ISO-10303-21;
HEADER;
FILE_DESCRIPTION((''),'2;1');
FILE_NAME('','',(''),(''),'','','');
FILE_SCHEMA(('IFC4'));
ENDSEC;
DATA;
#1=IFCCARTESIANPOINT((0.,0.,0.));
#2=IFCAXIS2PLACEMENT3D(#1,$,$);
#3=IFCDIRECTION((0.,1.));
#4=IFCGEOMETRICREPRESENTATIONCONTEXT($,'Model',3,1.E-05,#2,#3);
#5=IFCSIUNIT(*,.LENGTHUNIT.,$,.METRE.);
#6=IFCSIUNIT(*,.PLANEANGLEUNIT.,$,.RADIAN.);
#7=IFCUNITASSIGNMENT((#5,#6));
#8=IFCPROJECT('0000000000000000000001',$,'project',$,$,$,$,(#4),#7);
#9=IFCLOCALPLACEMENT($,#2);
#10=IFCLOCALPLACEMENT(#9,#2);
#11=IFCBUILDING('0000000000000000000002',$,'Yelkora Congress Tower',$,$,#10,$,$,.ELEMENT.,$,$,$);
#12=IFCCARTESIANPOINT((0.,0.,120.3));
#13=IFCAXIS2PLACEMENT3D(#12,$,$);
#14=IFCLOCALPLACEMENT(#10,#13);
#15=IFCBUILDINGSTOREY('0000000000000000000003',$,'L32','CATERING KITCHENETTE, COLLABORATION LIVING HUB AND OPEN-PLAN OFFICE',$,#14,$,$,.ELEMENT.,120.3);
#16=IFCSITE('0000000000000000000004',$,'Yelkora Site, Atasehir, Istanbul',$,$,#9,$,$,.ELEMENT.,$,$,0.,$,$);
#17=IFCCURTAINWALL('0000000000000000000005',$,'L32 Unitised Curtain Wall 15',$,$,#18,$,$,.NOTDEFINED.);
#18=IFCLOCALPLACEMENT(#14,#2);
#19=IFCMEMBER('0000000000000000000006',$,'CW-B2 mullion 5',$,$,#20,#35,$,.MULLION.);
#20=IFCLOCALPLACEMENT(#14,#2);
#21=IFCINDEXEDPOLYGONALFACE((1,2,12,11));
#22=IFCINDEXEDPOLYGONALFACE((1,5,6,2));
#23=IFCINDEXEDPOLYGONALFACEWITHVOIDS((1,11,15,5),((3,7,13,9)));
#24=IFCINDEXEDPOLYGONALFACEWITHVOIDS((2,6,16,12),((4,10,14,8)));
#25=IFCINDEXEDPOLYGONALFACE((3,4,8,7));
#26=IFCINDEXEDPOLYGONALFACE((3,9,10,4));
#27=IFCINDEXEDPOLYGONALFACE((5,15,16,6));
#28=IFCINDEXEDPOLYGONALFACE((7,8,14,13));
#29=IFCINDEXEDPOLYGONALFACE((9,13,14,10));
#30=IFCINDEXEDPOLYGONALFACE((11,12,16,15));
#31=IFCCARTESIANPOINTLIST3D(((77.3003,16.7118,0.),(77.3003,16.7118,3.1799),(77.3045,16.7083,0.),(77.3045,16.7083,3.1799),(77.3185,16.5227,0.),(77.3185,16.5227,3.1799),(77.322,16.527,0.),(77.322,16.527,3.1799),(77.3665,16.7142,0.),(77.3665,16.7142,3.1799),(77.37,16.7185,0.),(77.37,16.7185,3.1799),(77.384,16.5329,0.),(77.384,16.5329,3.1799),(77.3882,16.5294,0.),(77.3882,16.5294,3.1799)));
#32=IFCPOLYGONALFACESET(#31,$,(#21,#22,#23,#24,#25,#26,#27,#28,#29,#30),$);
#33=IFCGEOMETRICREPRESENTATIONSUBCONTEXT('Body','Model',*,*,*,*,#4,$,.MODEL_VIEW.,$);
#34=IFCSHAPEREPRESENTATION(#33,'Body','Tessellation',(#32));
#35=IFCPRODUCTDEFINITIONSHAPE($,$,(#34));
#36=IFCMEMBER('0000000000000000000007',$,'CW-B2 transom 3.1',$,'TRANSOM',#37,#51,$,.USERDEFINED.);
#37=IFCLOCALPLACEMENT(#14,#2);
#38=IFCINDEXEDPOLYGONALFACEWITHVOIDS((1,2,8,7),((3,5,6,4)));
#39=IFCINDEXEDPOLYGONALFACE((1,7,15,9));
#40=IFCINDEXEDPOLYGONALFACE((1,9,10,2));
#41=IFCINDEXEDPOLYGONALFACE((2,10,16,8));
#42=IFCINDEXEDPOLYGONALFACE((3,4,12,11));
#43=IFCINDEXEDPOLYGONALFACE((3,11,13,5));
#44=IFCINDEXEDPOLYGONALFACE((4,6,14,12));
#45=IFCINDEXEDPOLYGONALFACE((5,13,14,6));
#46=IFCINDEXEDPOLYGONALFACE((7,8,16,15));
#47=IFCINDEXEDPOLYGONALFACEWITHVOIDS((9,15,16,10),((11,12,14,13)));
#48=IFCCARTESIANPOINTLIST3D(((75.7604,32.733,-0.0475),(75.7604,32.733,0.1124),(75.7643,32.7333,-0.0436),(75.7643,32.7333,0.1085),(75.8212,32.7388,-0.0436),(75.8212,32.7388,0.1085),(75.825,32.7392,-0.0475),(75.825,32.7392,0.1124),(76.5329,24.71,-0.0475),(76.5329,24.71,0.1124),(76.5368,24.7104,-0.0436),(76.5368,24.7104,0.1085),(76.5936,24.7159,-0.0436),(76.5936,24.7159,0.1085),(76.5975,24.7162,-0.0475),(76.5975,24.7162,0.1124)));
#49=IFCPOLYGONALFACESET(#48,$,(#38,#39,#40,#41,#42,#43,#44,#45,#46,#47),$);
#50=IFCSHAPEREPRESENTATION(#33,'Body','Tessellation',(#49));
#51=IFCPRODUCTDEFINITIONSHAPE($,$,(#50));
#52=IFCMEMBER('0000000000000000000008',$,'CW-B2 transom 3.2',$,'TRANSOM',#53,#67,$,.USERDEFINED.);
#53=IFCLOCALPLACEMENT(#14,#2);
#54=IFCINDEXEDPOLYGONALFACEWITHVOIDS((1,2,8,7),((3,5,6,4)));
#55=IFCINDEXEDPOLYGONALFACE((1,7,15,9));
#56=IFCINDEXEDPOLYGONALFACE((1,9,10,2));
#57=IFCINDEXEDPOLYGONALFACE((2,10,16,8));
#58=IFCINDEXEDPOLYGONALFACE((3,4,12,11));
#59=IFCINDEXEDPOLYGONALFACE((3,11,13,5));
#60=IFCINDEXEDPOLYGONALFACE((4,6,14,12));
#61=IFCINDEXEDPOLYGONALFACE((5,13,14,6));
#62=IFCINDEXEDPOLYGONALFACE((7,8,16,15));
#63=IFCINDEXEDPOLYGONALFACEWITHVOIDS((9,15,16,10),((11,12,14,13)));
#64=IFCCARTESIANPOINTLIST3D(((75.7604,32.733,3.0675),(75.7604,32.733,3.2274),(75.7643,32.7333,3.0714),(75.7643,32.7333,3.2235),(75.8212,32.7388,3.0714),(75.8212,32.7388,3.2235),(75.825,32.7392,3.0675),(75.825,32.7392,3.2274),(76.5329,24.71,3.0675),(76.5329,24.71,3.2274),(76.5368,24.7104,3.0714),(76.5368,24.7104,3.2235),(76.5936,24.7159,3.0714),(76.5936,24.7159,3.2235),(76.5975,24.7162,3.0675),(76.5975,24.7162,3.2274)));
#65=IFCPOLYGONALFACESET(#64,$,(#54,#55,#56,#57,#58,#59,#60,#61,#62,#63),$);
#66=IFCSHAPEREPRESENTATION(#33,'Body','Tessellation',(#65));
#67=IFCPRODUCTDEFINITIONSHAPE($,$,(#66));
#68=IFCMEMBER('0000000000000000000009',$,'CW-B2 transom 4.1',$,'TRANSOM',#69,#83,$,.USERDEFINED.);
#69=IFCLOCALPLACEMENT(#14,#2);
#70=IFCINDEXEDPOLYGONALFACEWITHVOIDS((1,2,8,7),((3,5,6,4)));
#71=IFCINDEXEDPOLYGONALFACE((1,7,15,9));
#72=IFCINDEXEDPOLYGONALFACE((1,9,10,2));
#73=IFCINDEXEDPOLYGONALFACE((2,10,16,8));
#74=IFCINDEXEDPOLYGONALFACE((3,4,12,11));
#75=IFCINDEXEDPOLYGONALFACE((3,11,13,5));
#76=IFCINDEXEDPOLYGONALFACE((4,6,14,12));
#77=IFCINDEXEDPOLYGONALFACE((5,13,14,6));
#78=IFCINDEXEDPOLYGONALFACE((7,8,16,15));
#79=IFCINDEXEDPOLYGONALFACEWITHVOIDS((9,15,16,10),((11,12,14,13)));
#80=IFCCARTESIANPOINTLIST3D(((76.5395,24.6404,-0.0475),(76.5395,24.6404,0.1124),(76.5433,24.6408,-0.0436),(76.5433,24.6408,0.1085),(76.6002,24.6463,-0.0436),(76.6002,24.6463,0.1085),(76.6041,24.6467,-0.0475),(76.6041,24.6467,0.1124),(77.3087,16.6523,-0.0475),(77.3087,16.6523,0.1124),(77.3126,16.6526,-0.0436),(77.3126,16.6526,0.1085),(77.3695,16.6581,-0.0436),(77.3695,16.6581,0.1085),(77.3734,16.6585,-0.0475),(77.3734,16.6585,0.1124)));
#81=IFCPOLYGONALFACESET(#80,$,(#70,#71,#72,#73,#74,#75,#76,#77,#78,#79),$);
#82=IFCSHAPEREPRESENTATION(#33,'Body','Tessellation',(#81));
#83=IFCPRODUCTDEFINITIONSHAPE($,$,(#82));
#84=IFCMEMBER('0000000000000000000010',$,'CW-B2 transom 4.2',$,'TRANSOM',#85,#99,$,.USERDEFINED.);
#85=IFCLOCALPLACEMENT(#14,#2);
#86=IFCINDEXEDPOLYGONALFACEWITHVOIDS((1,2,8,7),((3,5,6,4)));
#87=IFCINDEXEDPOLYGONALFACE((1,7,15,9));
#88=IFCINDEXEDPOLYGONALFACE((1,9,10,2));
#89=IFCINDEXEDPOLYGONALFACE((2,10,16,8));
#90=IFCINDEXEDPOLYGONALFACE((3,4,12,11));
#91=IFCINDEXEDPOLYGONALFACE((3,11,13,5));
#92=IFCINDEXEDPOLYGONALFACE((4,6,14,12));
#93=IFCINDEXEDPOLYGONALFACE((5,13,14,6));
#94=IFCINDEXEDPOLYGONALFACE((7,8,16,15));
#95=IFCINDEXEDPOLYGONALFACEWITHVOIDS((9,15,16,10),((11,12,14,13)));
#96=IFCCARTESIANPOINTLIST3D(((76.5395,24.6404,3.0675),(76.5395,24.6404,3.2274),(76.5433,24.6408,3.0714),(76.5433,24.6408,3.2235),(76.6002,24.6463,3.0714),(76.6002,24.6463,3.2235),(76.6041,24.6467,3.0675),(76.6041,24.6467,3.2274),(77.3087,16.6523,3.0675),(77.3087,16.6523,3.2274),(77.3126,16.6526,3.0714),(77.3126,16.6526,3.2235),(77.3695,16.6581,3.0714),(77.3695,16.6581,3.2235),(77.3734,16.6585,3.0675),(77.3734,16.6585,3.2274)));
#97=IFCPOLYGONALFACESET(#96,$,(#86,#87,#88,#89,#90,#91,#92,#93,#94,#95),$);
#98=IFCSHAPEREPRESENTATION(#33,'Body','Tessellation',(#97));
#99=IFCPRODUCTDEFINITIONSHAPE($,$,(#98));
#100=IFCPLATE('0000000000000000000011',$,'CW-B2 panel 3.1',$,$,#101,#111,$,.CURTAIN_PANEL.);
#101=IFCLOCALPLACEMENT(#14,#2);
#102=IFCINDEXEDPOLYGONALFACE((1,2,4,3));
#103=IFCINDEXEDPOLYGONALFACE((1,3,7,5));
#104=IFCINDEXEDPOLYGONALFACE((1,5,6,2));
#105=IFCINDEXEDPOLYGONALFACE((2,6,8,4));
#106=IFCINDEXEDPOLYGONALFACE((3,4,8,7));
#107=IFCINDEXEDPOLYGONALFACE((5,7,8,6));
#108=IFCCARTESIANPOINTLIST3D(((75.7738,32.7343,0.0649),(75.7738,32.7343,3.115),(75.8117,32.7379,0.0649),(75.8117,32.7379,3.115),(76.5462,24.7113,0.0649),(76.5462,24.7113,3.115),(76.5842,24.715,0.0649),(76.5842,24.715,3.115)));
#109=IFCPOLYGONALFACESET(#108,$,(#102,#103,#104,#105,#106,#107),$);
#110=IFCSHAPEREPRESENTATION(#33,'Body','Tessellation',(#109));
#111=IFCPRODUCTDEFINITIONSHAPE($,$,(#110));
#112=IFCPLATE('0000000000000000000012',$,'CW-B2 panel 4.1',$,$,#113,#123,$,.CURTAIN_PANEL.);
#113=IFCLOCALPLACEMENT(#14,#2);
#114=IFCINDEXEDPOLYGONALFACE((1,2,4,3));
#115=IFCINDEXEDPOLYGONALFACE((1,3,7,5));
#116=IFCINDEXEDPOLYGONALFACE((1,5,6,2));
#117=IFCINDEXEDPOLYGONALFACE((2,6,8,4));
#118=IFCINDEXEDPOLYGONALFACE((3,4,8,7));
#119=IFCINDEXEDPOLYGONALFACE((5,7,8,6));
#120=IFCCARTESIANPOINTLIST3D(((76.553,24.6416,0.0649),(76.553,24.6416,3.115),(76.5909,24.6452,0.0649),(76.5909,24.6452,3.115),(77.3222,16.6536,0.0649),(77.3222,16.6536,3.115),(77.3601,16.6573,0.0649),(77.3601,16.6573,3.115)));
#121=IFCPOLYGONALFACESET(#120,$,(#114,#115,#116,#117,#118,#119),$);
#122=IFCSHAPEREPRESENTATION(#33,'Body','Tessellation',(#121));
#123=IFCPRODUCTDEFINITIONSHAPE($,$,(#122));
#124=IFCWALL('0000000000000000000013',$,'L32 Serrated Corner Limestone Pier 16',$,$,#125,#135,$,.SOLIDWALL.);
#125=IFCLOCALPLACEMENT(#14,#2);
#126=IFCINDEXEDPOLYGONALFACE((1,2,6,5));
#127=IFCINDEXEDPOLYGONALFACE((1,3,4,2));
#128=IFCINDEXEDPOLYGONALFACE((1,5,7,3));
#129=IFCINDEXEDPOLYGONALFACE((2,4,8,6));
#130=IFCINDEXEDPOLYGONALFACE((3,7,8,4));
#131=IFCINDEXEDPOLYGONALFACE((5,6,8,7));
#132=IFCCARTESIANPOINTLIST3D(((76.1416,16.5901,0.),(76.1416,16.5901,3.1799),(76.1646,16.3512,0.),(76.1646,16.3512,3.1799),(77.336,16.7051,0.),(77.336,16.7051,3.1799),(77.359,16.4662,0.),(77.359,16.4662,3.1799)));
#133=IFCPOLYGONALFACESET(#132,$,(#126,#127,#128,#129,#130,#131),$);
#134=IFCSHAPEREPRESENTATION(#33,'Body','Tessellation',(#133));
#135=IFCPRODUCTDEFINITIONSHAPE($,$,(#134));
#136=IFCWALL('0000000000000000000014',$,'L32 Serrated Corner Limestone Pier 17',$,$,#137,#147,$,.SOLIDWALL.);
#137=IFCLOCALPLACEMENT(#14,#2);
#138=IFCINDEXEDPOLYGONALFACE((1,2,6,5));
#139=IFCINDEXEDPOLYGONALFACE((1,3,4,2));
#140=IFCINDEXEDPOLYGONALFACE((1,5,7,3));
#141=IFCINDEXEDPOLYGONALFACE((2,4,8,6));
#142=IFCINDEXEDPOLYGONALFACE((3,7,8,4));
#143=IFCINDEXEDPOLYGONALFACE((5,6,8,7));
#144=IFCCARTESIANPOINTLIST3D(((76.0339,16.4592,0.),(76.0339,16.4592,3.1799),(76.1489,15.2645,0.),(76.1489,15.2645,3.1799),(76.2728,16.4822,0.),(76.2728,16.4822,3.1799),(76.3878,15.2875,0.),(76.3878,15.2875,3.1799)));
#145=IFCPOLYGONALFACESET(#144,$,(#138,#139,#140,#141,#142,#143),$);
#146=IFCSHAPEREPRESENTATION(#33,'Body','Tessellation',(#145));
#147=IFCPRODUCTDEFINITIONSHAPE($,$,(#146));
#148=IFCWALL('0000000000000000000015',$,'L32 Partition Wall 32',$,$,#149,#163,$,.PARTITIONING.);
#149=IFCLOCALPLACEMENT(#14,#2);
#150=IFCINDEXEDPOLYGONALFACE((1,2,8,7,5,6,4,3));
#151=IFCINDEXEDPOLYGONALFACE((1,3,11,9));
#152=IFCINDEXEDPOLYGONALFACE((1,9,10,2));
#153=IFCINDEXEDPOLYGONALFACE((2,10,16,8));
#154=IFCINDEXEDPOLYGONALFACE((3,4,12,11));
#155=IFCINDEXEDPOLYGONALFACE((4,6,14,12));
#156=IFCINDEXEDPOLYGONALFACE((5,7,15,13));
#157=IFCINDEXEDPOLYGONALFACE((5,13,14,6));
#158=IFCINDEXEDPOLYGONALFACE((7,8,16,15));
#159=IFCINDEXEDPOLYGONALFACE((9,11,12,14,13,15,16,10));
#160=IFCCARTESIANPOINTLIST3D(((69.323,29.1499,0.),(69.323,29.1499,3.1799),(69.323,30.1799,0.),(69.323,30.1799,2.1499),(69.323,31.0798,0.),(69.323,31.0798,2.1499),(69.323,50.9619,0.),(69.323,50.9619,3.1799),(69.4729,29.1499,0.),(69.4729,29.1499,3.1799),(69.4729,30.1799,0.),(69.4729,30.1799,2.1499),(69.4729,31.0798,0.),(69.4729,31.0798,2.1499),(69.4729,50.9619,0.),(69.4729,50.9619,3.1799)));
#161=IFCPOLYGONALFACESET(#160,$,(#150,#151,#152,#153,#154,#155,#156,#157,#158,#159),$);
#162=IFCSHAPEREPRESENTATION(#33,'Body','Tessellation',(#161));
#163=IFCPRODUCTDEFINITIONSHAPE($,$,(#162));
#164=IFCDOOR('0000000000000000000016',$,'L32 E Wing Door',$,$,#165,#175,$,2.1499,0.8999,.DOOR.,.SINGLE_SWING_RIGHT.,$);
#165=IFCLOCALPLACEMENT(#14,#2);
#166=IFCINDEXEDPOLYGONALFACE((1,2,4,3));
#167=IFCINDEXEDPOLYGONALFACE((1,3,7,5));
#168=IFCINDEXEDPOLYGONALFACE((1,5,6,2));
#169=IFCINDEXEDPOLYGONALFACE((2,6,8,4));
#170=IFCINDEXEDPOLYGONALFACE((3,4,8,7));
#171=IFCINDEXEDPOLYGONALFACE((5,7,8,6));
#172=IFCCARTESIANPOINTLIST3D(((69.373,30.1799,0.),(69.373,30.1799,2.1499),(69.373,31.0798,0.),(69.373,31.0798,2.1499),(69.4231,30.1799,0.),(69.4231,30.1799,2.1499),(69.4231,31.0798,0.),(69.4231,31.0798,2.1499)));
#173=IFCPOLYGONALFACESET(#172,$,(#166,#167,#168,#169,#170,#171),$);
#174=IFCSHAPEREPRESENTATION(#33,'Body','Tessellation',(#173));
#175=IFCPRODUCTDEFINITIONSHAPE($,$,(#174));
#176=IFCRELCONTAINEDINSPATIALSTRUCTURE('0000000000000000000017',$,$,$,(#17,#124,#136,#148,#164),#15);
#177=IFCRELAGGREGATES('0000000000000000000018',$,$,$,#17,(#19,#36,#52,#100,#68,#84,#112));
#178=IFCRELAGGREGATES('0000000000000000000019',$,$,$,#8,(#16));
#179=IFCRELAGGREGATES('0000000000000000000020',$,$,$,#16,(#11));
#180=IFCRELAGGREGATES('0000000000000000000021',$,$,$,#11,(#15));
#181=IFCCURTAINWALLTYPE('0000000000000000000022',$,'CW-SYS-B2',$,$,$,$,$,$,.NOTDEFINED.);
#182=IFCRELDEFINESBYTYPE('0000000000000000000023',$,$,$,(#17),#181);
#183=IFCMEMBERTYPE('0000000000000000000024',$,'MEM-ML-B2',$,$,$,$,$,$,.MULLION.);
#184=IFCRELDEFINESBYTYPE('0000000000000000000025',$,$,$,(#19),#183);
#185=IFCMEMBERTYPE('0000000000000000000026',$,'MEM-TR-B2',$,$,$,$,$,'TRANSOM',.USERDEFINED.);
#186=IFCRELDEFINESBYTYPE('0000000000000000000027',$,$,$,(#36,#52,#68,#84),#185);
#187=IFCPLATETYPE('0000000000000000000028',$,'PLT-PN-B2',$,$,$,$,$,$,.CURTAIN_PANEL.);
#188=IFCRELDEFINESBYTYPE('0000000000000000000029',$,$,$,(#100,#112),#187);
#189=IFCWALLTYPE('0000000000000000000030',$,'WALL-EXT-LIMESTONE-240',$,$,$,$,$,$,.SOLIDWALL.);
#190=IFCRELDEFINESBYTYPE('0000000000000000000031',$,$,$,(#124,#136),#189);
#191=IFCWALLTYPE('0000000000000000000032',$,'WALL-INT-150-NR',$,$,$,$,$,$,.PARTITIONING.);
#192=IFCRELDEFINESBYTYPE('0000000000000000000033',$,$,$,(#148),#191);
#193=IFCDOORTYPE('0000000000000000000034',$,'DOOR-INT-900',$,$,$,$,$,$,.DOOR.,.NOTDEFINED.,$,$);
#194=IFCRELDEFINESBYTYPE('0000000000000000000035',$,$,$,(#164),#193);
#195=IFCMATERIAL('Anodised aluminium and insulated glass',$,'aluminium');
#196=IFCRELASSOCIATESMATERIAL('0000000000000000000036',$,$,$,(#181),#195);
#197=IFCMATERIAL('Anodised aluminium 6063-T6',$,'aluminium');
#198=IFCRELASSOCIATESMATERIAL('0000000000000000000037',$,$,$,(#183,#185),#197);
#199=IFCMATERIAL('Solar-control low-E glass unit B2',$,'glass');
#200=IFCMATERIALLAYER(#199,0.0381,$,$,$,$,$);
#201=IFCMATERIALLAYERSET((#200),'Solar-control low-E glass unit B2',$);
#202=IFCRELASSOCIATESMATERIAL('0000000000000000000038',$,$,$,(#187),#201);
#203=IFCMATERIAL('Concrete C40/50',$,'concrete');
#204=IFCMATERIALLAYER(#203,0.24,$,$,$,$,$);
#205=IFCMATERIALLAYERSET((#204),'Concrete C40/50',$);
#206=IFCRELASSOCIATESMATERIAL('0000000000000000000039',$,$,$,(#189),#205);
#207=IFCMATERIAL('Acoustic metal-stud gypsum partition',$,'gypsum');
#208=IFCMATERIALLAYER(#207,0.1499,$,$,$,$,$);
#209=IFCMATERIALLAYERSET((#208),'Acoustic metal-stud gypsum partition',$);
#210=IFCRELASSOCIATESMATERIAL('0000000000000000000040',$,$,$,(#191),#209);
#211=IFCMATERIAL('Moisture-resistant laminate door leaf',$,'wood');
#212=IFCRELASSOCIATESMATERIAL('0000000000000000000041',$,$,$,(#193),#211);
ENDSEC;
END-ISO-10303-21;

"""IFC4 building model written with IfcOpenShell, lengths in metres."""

from ifc_helpers import new_model, si_unit, direction, frame, frame_2d, origin, origin_2d, place, context, subcontext, project, spatial, rectangle, hollow_rectangle, extrude, material, layer, layer_set, material_profile, profile_set, type_object, element, fill, aggregate, save


model = new_model("IFC4")

# Units and contexts
model_context = context("Model", 3, precision=1e-05, world=origin(), true_north=direction((0.0, 1.0)))
body_context = subcontext(model_context, "Body", "Model", "MODEL_VIEW")
ifc_project = project(units=[si_unit("LENGTHUNIT", "METRE"), si_unit("PLANEANGLEUNIT", "RADIAN")], contexts=[model_context])

# Site, building, storey
site_placement = place(None, origin())
site = spatial("IfcSite", under=ifc_project, at=site_placement, Name="Yelkora Site, Atasehir, Istanbul", CompositionType="ELEMENT", RefElevation=0.0)
building_placement = place(site_placement, origin())
building = spatial("IfcBuilding", under=site, at=building_placement, Name="Yelkora Congress Tower", CompositionType="ELEMENT")
storey_placement = place(building_placement, frame((0.0, 0.0, 120.3)))
storey = spatial("IfcBuildingStorey", under=building, at=storey_placement, Name="L32", Description="CATERING KITCHENETTE, COLLABORATION LIVING HUB AND OPEN-PLAN OFFICE", CompositionType="ELEMENT", Elevation=120.3)

# Curtain wall, members, plates
ifc_material_1 = material(Name="Anodised aluminium and insulated glass", Category="aluminium")
curtain_wall_type = type_object("IfcCurtainWallType", Name="CW-SYS-B2", PredefinedType="NOTDEFINED", material=ifc_material_1)
curtain_wall_placement = place(storey_placement, origin())
curtain_wall = element("IfcCurtainWall", 1, at=curtain_wall_placement, inside=storey, type_object=curtain_wall_type, Name="L32 Unitised Curtain Wall 15", PredefinedType="NOTDEFINED")
ifc_material_2 = material(Name="Anodised aluminium 6063-T6", Category="aluminium")
ifc_material_profile_1 = material_profile(ifc_material_2, hollow_rectangle(XDim=0.0701, YDim=0.1899, WallThickness=0.0039, at=origin_2d()), Name="ALU 70x190x4")
ifc_profile_set_1 = profile_set([ifc_material_profile_1], Name="Anodised aluminium 6063-T6")
member_type_1 = type_object("IfcMemberType", Name="MEM-ML-B2", PredefinedType="MULLION", material=ifc_profile_set_1)
member_1_placement = place(storey_placement, frame((77.3442, 16.6206, 0.0), z_axis=(0.0, 0.0, 1.0), x_axis=(0.995397, 0.095843, 0.0)))
member_1 = element("IfcMember", 2, at=member_1_placement, type_object=member_type_1, Name="CW-B2 mullion 5", PredefinedType="MULLION", context=body_context, shape_type="SweptSolid", body=[
    extrude(hollow_rectangle(XDim=0.0701, YDim=0.1899, WallThickness=0.0039, at=origin_2d()), origin(), (0.0, 0.0, 1.0), 3.1799),
])
ifc_material_profile_2 = material_profile(ifc_material_2, hollow_rectangle(XDim=0.0649, YDim=0.1599, WallThickness=0.0039, at=origin_2d()), Name="ALU 65x160x4")
ifc_profile_set_2 = profile_set([ifc_material_profile_2], Name="Anodised aluminium 6063-T6")
member_type_2 = type_object("IfcMemberType", Name="MEM-TR-B2", ElementType="TRANSOM", PredefinedType="USERDEFINED", material=ifc_profile_set_2)
member_2_placement = place(storey_placement, frame((75.7927, 32.7361, 0.0325), z_axis=(0.095838, -0.995397, 0.0), x_axis=(0.995397, 0.095838, 0.0)))
member_2 = element("IfcMember", 3, at=member_2_placement, type_object=member_type_2, Name="CW-B2 transom 3.1", ObjectType="TRANSOM", PredefinedType="USERDEFINED", context=body_context, shape_type="SweptSolid", body=[
    extrude(hollow_rectangle(XDim=0.0649, YDim=0.1599, WallThickness=0.0039, at=origin_2d()), origin(), (0.0, 0.0, 1.0), 8.0601),
])
member_3_placement = place(storey_placement, frame((75.7927, 32.7361, 3.1475), z_axis=(0.095838, -0.995397, 0.0), x_axis=(0.995397, 0.095838, 0.0)))
member_3 = element("IfcMember", 4, at=member_3_placement, type_object=member_type_2, Name="CW-B2 transom 3.2", ObjectType="TRANSOM", PredefinedType="USERDEFINED", context=body_context, shape_type="SweptSolid", body=[
    extrude(hollow_rectangle(XDim=0.0649, YDim=0.1599, WallThickness=0.0039, at=origin_2d()), origin(), (0.0, 0.0, 1.0), 8.0601),
])
member_4_placement = place(storey_placement, frame((76.5718, 24.6436, 0.0325), z_axis=(0.095858, -0.995395, 0.0), x_axis=(0.995395, 0.095858, 0.0)))
member_4 = element("IfcMember", 5, at=member_4_placement, type_object=member_type_2, Name="CW-B2 transom 4.1", ObjectType="TRANSOM", PredefinedType="USERDEFINED", context=body_context, shape_type="SweptSolid", body=[
    extrude(hollow_rectangle(XDim=0.0649, YDim=0.1599, WallThickness=0.0039, at=origin_2d()), origin(), (0.0, 0.0, 1.0), 8.0251),
])
member_5_placement = place(storey_placement, frame((76.5718, 24.6436, 3.1475), z_axis=(0.095858, -0.995395, 0.0), x_axis=(0.995395, 0.095858, 0.0)))
member_5 = element("IfcMember", 6, at=member_5_placement, type_object=member_type_2, Name="CW-B2 transom 4.2", ObjectType="TRANSOM", PredefinedType="USERDEFINED", context=body_context, shape_type="SweptSolid", body=[
    extrude(hollow_rectangle(XDim=0.0649, YDim=0.1599, WallThickness=0.0039, at=origin_2d()), origin(), (0.0, 0.0, 1.0), 8.0251),
])
ifc_material_3 = material(Name="Solar-control low-E glass unit B2", Category="glass")
ifc_layer_1 = layer(ifc_material_3, 0.0381)
ifc_layer_set_1 = layer_set([ifc_layer_1], Name="Solar-control low-E glass unit B2")
plate_type = type_object("IfcPlateType", Name="PLT-PN-B2", PredefinedType="CURTAIN_PANEL", material=ifc_layer_set_1)
plate_1_placement = place(storey_placement, frame((76.179, 28.7246, 0.0649), z_axis=(0.0, 0.0, 1.0), x_axis=(0.095843, -0.995397, 0.0)))
plate_1 = element("IfcPlate", 7, at=plate_1_placement, type_object=plate_type, Name="CW-B2 panel 3.1", PredefinedType="CURTAIN_PANEL", context=body_context, shape_type="SweptSolid", body=[
    extrude(rectangle(XDim=8.0601, YDim=0.0381, at=origin_2d()), origin(), (0.0, 0.0, 1.0), 3.05),
])
plate_2_placement = place(storey_placement, frame((76.9565, 20.6494, 0.0649), z_axis=(0.0, 0.0, 1.0), x_axis=(0.095843, -0.995397, 0.0)))
plate_2 = element("IfcPlate", 8, at=plate_2_placement, type_object=plate_type, Name="CW-B2 panel 4.1", PredefinedType="CURTAIN_PANEL", context=body_context, shape_type="SweptSolid", body=[
    extrude(rectangle(XDim=8.0249, YDim=0.0381, at=origin_2d()), origin(), (0.0, 0.0, 1.0), 3.05),
])
aggregate(curtain_wall, [member_1, member_2, member_3, plate_1, member_4, member_5, plate_2])

# Walls
ifc_material_4 = material(Name="Concrete C40/50", Category="concrete")
ifc_layer_2 = layer(ifc_material_4, 0.24)
ifc_layer_set_2 = layer_set([ifc_layer_2], Name="Concrete C40/50")
wall_type_1 = type_object("IfcWallType", Name="WALL-EXT-LIMESTONE-240", PredefinedType="SOLIDWALL", material=ifc_layer_set_2)
wall_1_placement = place(storey_placement, frame((77.3477, 16.5857, 0.0), z_axis=(0.0, 0.0, 1.0), x_axis=(-0.995397, -0.095836, 0.0)))
element("IfcWall", 9, at=wall_1_placement, inside=storey, type_object=wall_type_1, Name="L32 Serrated Corner Limestone Pier 16", PredefinedType="SOLIDWALL", context=body_context, shape_type="SweptSolid", body=[
    extrude(rectangle(XDim=1.2, YDim=0.24, at=frame_2d((0.6001, 0.0))), origin(), (0.0, 0.0, 1.0), 3.1799),
])
wall_2_placement = place(storey_placement, frame((76.1533, 16.4707, 0.0), z_axis=(0.0, 0.0, 1.0), x_axis=(0.095817, -0.995399, 0.0)))
element("IfcWall", 10, at=wall_2_placement, inside=storey, type_object=wall_type_1, Name="L32 Serrated Corner Limestone Pier 17", PredefinedType="SOLIDWALL", context=body_context, shape_type="SweptSolid", body=[
    extrude(rectangle(XDim=1.2002, YDim=0.24, at=frame_2d((0.6001, 0.0))), origin(), (0.0, 0.0, 1.0), 3.1799),
])

# Wall, opening, door
ifc_material_5 = material(Name="Acoustic metal-stud gypsum partition", Category="gypsum")
ifc_layer_3 = layer(ifc_material_5, 0.1499)
ifc_layer_set_3 = layer_set([ifc_layer_3], Name="Acoustic metal-stud gypsum partition")
wall_type_2 = type_object("IfcWallType", Name="WALL-INT-150-NR", PredefinedType="PARTITIONING", material=ifc_layer_set_3)
wall_3_placement = place(storey_placement, frame((69.3979, 29.1499, 0.0), z_axis=(0.0, 0.0, 1.0), x_axis=(0.0, 1.0, 0.0)))
wall_3 = element("IfcWall", 11, at=wall_3_placement, inside=storey, type_object=wall_type_2, Name="L32 Partition Wall 32", PredefinedType="PARTITIONING", context=body_context, shape_type="SweptSolid", body=[
    extrude(rectangle(XDim=21.812, YDim=0.1499, at=frame_2d((10.906, 0.0))), origin(), (0.0, 0.0, 1.0), 3.1799),
])
opening_placement = place(wall_3_placement, frame((1.03, 0.0, 0.0)))
opening = element("IfcOpeningElement", 12, at=opening_placement, cuts=wall_3, PredefinedType="OPENING", context=body_context, shape_type="SweptSolid", body=[
    extrude(rectangle(XDim=0.8999, YDim=2.1499, at=frame_2d((0.45, 1.075))), frame((0.0, 0.085, 0.0), z_axis=(0.0, -1.0, 0.0), x_axis=(1.0, 0.0, 0.0)), (0.0, 0.0, 1.0), 0.1699),
])
ifc_material_6 = material(Name="Moisture-resistant laminate door leaf", Category="wood")
door_type = type_object("IfcDoorType", Name="DOOR-INT-900", OperationType="NOTDEFINED", PredefinedType="DOOR", material=ifc_material_6)
door_placement = place(opening_placement, origin())
door = element("IfcDoor", 13, at=door_placement, inside=storey, type_object=door_type, Name="L32 E Wing Door", OperationType="SINGLE_SWING_RIGHT", OverallHeight=2.1499, OverallWidth=0.8999, PredefinedType="DOOR", context=body_context, shape_type="SweptSolid", body=[
    extrude(rectangle(XDim=0.8999, YDim=2.1499, at=frame_2d((0.45, 1.075))), frame((0.0, 0.0249, 0.0), z_axis=(0.0, -1.0, 0.0), x_axis=(1.0, 0.0, 0.0)), (0.0, 0.0, 1.0), 0.05),
])
fill(opening, door)

save(model, "model.ifc")
